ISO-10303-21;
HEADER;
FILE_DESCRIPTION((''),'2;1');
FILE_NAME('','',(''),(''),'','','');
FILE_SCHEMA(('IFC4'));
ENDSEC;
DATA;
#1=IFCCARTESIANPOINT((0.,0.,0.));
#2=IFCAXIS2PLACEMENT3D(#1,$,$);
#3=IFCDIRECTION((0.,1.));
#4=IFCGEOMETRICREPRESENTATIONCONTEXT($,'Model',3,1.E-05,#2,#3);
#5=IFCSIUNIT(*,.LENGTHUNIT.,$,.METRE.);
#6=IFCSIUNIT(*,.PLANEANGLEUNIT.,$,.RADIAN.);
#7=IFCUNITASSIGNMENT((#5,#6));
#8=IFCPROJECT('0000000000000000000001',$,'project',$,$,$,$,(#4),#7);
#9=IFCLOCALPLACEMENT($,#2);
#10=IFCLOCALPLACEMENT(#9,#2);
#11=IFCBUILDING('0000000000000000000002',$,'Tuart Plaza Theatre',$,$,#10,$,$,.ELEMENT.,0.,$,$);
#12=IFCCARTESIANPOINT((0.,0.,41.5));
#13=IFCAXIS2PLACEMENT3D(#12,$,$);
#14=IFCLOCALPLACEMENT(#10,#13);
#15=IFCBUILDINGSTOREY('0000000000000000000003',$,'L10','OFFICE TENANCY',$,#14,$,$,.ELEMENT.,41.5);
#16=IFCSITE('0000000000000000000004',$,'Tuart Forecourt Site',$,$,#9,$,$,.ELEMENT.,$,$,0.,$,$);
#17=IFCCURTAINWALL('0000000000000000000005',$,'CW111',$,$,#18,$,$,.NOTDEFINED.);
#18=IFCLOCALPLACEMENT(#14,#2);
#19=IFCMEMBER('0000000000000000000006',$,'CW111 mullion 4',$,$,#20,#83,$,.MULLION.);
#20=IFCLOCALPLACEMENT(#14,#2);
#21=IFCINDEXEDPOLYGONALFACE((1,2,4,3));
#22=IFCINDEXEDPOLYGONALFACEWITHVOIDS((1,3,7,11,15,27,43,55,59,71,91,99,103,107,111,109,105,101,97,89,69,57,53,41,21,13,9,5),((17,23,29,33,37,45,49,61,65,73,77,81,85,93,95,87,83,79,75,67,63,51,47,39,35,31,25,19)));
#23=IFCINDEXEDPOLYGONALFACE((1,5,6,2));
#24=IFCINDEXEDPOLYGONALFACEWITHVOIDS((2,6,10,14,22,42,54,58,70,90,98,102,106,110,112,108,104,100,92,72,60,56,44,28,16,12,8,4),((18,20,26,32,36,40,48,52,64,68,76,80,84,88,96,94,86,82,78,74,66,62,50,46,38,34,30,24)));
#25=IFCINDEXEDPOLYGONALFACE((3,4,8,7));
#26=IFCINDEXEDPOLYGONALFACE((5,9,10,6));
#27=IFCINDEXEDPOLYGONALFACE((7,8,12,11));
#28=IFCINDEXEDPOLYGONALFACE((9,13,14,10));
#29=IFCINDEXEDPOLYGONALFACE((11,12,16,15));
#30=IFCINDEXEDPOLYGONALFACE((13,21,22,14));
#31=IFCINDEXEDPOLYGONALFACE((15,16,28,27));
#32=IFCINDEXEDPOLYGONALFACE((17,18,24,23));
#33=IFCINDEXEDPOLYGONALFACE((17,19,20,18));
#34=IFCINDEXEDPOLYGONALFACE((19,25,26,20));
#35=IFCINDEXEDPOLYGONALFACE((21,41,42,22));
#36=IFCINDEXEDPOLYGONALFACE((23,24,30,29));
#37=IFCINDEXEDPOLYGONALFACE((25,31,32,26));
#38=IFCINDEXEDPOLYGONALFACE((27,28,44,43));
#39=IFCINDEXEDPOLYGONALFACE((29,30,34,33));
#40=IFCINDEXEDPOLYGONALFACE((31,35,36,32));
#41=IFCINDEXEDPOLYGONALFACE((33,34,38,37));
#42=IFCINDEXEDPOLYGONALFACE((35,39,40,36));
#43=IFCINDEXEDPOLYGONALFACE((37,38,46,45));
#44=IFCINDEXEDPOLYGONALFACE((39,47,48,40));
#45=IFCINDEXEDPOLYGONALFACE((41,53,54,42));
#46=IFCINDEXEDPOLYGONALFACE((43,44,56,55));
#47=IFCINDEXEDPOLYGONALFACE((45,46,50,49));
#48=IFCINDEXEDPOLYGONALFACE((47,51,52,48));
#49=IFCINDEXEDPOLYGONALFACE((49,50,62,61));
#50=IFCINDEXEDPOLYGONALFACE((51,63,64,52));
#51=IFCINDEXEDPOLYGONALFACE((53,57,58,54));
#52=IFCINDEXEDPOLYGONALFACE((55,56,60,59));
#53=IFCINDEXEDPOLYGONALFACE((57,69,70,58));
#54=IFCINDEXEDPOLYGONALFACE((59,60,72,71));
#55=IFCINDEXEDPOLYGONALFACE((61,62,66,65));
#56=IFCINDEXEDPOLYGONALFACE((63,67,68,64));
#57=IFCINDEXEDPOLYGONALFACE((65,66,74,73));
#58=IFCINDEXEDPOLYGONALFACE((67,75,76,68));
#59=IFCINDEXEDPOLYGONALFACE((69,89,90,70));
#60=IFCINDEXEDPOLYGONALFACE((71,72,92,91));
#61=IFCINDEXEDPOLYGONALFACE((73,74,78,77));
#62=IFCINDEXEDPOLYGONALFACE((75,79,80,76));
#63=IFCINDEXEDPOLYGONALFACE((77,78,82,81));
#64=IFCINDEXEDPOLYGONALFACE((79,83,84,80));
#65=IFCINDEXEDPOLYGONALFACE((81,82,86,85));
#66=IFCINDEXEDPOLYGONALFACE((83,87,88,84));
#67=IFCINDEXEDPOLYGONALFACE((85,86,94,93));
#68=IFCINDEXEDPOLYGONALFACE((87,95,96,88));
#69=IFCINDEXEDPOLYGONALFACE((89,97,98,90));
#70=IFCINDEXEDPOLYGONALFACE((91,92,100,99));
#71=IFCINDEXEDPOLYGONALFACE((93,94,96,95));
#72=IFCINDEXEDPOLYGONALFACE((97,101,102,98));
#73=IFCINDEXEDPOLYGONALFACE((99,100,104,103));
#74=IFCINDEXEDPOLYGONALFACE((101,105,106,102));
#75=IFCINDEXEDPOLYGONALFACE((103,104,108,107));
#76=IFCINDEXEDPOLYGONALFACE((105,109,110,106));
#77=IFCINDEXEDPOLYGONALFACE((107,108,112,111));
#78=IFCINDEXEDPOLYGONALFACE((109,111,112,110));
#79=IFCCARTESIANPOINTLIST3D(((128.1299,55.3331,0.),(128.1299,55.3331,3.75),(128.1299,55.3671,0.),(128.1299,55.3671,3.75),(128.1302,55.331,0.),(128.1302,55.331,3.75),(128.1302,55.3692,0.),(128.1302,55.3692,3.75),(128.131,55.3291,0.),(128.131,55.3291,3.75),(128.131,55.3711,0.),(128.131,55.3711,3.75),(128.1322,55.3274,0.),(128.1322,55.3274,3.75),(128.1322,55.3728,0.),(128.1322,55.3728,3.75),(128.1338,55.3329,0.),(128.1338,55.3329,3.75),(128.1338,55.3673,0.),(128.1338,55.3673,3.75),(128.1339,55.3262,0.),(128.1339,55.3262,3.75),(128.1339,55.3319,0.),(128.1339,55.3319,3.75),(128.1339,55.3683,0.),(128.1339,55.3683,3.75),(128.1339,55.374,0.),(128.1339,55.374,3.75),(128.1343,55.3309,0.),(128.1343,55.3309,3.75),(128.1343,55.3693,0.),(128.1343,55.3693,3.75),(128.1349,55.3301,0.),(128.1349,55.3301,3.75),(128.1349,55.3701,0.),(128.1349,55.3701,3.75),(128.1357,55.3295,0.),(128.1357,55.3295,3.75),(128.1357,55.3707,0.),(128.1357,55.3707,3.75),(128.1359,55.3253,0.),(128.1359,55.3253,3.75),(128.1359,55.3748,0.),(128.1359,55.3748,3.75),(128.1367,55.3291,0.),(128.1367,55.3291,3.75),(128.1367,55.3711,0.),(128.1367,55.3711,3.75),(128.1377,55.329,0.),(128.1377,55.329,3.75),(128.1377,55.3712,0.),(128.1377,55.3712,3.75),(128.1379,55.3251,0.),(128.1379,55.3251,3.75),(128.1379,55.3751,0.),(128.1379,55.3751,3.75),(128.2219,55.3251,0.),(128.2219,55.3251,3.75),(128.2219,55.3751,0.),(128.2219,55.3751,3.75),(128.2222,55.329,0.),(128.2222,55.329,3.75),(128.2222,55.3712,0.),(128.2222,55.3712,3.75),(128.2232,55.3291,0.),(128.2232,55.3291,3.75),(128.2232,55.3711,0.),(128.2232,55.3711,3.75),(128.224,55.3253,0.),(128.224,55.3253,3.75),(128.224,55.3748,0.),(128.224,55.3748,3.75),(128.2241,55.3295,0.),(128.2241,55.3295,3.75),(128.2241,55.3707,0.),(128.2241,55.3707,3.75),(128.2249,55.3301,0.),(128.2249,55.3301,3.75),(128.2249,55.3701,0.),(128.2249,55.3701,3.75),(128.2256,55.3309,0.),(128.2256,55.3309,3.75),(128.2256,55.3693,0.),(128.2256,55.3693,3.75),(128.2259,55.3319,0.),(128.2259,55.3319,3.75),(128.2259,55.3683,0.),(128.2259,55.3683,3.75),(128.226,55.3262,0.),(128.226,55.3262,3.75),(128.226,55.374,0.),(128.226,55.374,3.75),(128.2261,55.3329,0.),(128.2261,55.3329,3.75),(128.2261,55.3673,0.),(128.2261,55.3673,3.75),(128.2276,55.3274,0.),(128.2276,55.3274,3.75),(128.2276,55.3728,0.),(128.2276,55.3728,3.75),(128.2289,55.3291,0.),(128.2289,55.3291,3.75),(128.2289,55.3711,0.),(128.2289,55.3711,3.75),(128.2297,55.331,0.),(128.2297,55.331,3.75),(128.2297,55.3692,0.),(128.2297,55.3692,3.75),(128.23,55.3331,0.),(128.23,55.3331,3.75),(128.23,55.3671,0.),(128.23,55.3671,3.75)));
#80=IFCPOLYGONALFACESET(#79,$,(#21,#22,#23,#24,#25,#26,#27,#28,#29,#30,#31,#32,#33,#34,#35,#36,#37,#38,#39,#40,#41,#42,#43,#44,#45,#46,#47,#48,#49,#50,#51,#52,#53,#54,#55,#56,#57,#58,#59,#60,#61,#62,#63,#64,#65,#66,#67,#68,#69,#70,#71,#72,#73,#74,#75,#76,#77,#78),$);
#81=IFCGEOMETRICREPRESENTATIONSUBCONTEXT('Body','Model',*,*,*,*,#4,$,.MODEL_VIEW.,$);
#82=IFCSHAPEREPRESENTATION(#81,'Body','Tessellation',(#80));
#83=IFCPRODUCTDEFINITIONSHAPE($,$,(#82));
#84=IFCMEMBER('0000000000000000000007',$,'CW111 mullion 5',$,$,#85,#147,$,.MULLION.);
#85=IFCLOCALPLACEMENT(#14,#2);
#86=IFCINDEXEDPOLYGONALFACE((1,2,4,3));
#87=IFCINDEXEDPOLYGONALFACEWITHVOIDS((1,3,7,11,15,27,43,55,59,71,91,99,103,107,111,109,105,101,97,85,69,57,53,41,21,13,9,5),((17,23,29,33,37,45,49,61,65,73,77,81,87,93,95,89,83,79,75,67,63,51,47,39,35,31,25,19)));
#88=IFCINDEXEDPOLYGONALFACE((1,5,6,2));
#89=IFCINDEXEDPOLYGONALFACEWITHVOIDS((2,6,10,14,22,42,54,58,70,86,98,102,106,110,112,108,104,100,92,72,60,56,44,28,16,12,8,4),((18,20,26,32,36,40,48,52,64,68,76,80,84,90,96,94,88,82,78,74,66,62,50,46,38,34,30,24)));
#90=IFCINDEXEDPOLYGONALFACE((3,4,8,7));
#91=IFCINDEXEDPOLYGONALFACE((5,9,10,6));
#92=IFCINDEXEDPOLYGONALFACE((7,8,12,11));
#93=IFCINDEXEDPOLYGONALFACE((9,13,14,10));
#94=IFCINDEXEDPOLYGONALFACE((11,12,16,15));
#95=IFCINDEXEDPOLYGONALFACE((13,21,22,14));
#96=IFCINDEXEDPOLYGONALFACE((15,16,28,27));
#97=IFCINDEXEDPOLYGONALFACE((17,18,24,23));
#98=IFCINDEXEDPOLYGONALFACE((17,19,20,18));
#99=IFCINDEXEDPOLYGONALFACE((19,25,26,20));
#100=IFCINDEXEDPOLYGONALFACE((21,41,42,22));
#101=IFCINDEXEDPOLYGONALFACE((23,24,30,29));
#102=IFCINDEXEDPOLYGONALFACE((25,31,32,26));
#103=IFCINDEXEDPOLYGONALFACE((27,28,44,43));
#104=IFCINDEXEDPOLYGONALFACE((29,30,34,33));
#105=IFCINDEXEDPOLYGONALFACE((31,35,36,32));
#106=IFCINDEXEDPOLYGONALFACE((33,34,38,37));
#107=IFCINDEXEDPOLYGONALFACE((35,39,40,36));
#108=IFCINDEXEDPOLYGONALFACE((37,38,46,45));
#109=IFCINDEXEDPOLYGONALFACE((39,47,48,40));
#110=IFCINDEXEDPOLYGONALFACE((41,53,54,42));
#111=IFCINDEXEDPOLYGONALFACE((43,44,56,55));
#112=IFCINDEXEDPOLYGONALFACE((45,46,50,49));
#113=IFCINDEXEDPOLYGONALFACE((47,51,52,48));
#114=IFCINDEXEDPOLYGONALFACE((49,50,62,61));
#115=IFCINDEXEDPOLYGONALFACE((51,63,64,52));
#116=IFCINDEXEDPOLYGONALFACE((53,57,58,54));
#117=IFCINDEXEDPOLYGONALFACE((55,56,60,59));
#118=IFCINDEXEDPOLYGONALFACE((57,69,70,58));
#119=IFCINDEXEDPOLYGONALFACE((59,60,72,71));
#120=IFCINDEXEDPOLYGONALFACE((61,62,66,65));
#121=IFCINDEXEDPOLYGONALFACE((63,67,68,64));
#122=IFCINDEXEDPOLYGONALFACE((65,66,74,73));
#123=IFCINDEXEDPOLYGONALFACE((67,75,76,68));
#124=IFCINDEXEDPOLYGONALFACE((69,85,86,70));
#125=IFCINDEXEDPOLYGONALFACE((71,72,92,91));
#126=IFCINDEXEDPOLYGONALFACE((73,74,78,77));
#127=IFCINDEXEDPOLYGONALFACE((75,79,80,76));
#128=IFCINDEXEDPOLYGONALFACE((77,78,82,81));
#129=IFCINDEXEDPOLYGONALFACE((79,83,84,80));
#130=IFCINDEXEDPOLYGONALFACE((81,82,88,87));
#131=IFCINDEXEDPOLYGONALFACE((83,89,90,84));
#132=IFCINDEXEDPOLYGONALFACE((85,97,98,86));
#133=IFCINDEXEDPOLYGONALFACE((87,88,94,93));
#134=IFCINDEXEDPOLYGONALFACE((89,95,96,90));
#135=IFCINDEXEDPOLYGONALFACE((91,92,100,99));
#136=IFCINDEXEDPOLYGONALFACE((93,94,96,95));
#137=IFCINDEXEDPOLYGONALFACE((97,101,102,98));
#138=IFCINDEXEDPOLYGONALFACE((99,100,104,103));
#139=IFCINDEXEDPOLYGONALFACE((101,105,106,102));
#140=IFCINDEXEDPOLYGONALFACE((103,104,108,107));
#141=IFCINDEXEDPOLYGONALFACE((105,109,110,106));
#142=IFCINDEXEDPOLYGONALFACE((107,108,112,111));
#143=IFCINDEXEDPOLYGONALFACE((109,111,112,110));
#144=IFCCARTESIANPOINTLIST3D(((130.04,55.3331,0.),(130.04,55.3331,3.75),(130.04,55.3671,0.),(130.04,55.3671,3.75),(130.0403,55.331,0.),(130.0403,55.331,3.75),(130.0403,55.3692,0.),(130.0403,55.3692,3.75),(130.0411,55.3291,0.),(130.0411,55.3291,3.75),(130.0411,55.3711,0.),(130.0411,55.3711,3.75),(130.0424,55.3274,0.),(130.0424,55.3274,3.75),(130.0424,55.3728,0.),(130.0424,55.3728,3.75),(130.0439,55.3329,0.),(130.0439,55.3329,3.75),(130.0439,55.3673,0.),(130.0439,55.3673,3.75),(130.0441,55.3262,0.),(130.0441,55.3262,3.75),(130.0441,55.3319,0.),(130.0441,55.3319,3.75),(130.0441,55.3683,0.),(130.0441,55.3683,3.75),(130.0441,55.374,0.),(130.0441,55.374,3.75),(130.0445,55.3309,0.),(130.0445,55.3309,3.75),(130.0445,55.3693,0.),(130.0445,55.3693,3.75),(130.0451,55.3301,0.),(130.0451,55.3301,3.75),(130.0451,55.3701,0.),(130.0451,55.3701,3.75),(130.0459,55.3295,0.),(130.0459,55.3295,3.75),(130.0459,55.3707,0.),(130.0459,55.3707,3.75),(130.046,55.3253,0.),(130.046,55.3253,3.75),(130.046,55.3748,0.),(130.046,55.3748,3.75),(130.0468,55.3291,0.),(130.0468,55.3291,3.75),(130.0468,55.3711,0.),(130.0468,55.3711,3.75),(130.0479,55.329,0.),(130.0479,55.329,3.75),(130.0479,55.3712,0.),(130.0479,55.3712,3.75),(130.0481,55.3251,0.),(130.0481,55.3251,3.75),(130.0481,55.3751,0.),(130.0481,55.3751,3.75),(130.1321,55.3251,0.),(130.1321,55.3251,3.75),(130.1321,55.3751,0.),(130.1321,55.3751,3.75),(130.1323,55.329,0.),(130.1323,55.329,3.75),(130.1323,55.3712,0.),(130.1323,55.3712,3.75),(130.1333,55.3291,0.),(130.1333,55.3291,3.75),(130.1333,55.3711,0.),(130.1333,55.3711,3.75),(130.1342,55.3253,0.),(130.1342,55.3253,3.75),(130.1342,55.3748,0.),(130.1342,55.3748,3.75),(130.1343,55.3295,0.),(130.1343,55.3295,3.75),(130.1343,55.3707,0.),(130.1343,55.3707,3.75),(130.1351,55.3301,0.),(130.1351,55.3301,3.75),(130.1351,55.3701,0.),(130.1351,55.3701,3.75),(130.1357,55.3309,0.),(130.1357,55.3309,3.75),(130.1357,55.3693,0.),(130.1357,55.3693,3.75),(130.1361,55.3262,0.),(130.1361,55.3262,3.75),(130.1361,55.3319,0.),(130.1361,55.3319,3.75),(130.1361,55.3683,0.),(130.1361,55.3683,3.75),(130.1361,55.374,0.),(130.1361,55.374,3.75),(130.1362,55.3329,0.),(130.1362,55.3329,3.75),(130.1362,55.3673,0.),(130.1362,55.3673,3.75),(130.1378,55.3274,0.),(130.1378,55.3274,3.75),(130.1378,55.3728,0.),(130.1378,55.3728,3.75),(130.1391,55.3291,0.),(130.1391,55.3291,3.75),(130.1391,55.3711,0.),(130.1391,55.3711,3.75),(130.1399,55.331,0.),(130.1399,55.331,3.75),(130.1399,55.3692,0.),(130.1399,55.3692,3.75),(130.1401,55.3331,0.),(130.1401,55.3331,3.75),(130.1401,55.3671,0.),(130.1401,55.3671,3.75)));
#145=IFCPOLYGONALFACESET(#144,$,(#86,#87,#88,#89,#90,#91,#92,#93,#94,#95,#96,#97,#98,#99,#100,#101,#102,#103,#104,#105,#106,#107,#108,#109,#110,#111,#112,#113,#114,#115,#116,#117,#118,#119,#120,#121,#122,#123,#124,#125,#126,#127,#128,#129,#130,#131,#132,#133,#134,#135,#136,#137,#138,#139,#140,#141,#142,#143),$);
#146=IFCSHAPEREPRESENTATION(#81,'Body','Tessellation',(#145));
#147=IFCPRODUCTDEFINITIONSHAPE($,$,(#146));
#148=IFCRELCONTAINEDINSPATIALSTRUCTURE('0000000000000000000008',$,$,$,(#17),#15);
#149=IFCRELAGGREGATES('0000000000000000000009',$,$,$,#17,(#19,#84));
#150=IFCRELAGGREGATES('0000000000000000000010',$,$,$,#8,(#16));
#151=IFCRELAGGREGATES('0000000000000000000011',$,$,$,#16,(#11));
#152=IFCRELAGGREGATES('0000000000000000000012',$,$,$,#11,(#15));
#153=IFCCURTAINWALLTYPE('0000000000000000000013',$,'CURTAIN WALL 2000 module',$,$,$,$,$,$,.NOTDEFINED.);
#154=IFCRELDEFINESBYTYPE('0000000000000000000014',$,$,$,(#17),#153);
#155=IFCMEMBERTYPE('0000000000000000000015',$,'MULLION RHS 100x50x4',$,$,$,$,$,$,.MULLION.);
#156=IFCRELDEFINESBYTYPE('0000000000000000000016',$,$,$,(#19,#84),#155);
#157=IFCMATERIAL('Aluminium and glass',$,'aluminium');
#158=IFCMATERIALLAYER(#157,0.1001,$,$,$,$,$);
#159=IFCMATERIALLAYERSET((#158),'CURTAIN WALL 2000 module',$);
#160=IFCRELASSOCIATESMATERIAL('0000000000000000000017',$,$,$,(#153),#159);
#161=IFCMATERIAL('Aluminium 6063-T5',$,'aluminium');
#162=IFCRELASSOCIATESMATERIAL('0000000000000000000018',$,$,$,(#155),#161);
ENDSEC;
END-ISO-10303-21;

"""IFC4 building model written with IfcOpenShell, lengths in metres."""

from ifc_helpers import new_model, si_unit, direction, frame, origin, origin_2d, place, context, subcontext, project, spatial, hollow_rectangle, extrude, material, layer, layer_set, material_profile, profile_set, type_object, element, aggregate, save


model = new_model("IFC4")

# Units and contexts
model_context = context("Model", 3, precision=1e-05, world=origin(), true_north=direction((0.0, 1.0)))
body_context = subcontext(model_context, "Body", "Model", "MODEL_VIEW")
ifc_project = project(units=[si_unit("LENGTHUNIT", "METRE"), si_unit("PLANEANGLEUNIT", "RADIAN")], contexts=[model_context])

# Site, building, storey
site_placement = place(None, origin())
site = spatial("IfcSite", under=ifc_project, at=site_placement, Name="Tuart Forecourt Site", CompositionType="ELEMENT", RefElevation=0.0)
building_placement = place(site_placement, origin())
building = spatial("IfcBuilding", under=site, at=building_placement, Name="Tuart Plaza Theatre", CompositionType="ELEMENT", ElevationOfRefHeight=0.0)
storey_placement = place(building_placement, frame((0.0, 0.0, 41.5)))
storey = spatial("IfcBuildingStorey", under=building, at=storey_placement, Name="L10", Description="OFFICE TENANCY", CompositionType="ELEMENT", Elevation=41.5)

# Shared definitions
ifc_material_1 = material(Name="Aluminium and glass", Category="aluminium")
ifc_layer_1 = layer(ifc_material_1, 0.1001)
ifc_layer_set_1 = layer_set([ifc_layer_1], Name="CURTAIN WALL 2000 module")
curtain_wall_type = type_object("IfcCurtainWallType", Name="CURTAIN WALL 2000 module", PredefinedType="NOTDEFINED", material=ifc_layer_set_1)
ifc_material_2 = material(Name="Aluminium 6063-T5", Category="aluminium")
ifc_material_profile_1 = material_profile(ifc_material_2, hollow_rectangle(XDim=0.05, YDim=0.1001, WallThickness=0.0039, InnerFilletRadius=0.0039, OuterFilletRadius=0.0081, at=origin_2d()), Name="RHS 100x50x4")
ifc_profile_set_1 = profile_set([ifc_material_profile_1], Name="Aluminium 6063-T5")
member_type_1 = type_object("IfcMemberType", Name="MULLION RHS 100x50x4", PredefinedType="MULLION", material=ifc_profile_set_1)

# Curtain wall, members
curtain_wall_1_placement = place(storey_placement, origin())
curtain_wall_1 = element("IfcCurtainWall", 1, at=curtain_wall_1_placement, inside=storey, type_object=curtain_wall_type, Name="CW111", PredefinedType="NOTDEFINED")
member_1_placement = place(storey_placement, frame((128.1799, 55.3501, 0.0), z_axis=(0.0, 0.0, 1.0), x_axis=(0.0, 1.0, 0.0)))
member_1 = element("IfcMember", 2, at=member_1_placement, type_object=member_type_1, Name="CW111 mullion 4", PredefinedType="MULLION", context=body_context, shape_type="SweptSolid", body=[
    extrude(hollow_rectangle(XDim=0.05, YDim=0.1001, WallThickness=0.0039, InnerFilletRadius=0.0039, OuterFilletRadius=0.0081, at=origin_2d()), origin(), (0.0, 0.0, 1.0), 3.75),
])
member_2_placement = place(storey_placement, frame((130.0901, 55.3501, 0.0), z_axis=(0.0, 0.0, 1.0), x_axis=(0.0, 1.0, 0.0)))
member_2 = element("IfcMember", 3, at=member_2_placement, type_object=member_type_1, Name="CW111 mullion 5", PredefinedType="MULLION", context=body_context, shape_type="SweptSolid", body=[
    extrude(hollow_rectangle(XDim=0.05, YDim=0.1001, WallThickness=0.0039, InnerFilletRadius=0.0039, OuterFilletRadius=0.0081, at=origin_2d()), origin(), (0.0, 0.0, 1.0), 3.75),
])

aggregate(curtain_wall_1, [member_1, member_2])

save(model, "model.ifc")
